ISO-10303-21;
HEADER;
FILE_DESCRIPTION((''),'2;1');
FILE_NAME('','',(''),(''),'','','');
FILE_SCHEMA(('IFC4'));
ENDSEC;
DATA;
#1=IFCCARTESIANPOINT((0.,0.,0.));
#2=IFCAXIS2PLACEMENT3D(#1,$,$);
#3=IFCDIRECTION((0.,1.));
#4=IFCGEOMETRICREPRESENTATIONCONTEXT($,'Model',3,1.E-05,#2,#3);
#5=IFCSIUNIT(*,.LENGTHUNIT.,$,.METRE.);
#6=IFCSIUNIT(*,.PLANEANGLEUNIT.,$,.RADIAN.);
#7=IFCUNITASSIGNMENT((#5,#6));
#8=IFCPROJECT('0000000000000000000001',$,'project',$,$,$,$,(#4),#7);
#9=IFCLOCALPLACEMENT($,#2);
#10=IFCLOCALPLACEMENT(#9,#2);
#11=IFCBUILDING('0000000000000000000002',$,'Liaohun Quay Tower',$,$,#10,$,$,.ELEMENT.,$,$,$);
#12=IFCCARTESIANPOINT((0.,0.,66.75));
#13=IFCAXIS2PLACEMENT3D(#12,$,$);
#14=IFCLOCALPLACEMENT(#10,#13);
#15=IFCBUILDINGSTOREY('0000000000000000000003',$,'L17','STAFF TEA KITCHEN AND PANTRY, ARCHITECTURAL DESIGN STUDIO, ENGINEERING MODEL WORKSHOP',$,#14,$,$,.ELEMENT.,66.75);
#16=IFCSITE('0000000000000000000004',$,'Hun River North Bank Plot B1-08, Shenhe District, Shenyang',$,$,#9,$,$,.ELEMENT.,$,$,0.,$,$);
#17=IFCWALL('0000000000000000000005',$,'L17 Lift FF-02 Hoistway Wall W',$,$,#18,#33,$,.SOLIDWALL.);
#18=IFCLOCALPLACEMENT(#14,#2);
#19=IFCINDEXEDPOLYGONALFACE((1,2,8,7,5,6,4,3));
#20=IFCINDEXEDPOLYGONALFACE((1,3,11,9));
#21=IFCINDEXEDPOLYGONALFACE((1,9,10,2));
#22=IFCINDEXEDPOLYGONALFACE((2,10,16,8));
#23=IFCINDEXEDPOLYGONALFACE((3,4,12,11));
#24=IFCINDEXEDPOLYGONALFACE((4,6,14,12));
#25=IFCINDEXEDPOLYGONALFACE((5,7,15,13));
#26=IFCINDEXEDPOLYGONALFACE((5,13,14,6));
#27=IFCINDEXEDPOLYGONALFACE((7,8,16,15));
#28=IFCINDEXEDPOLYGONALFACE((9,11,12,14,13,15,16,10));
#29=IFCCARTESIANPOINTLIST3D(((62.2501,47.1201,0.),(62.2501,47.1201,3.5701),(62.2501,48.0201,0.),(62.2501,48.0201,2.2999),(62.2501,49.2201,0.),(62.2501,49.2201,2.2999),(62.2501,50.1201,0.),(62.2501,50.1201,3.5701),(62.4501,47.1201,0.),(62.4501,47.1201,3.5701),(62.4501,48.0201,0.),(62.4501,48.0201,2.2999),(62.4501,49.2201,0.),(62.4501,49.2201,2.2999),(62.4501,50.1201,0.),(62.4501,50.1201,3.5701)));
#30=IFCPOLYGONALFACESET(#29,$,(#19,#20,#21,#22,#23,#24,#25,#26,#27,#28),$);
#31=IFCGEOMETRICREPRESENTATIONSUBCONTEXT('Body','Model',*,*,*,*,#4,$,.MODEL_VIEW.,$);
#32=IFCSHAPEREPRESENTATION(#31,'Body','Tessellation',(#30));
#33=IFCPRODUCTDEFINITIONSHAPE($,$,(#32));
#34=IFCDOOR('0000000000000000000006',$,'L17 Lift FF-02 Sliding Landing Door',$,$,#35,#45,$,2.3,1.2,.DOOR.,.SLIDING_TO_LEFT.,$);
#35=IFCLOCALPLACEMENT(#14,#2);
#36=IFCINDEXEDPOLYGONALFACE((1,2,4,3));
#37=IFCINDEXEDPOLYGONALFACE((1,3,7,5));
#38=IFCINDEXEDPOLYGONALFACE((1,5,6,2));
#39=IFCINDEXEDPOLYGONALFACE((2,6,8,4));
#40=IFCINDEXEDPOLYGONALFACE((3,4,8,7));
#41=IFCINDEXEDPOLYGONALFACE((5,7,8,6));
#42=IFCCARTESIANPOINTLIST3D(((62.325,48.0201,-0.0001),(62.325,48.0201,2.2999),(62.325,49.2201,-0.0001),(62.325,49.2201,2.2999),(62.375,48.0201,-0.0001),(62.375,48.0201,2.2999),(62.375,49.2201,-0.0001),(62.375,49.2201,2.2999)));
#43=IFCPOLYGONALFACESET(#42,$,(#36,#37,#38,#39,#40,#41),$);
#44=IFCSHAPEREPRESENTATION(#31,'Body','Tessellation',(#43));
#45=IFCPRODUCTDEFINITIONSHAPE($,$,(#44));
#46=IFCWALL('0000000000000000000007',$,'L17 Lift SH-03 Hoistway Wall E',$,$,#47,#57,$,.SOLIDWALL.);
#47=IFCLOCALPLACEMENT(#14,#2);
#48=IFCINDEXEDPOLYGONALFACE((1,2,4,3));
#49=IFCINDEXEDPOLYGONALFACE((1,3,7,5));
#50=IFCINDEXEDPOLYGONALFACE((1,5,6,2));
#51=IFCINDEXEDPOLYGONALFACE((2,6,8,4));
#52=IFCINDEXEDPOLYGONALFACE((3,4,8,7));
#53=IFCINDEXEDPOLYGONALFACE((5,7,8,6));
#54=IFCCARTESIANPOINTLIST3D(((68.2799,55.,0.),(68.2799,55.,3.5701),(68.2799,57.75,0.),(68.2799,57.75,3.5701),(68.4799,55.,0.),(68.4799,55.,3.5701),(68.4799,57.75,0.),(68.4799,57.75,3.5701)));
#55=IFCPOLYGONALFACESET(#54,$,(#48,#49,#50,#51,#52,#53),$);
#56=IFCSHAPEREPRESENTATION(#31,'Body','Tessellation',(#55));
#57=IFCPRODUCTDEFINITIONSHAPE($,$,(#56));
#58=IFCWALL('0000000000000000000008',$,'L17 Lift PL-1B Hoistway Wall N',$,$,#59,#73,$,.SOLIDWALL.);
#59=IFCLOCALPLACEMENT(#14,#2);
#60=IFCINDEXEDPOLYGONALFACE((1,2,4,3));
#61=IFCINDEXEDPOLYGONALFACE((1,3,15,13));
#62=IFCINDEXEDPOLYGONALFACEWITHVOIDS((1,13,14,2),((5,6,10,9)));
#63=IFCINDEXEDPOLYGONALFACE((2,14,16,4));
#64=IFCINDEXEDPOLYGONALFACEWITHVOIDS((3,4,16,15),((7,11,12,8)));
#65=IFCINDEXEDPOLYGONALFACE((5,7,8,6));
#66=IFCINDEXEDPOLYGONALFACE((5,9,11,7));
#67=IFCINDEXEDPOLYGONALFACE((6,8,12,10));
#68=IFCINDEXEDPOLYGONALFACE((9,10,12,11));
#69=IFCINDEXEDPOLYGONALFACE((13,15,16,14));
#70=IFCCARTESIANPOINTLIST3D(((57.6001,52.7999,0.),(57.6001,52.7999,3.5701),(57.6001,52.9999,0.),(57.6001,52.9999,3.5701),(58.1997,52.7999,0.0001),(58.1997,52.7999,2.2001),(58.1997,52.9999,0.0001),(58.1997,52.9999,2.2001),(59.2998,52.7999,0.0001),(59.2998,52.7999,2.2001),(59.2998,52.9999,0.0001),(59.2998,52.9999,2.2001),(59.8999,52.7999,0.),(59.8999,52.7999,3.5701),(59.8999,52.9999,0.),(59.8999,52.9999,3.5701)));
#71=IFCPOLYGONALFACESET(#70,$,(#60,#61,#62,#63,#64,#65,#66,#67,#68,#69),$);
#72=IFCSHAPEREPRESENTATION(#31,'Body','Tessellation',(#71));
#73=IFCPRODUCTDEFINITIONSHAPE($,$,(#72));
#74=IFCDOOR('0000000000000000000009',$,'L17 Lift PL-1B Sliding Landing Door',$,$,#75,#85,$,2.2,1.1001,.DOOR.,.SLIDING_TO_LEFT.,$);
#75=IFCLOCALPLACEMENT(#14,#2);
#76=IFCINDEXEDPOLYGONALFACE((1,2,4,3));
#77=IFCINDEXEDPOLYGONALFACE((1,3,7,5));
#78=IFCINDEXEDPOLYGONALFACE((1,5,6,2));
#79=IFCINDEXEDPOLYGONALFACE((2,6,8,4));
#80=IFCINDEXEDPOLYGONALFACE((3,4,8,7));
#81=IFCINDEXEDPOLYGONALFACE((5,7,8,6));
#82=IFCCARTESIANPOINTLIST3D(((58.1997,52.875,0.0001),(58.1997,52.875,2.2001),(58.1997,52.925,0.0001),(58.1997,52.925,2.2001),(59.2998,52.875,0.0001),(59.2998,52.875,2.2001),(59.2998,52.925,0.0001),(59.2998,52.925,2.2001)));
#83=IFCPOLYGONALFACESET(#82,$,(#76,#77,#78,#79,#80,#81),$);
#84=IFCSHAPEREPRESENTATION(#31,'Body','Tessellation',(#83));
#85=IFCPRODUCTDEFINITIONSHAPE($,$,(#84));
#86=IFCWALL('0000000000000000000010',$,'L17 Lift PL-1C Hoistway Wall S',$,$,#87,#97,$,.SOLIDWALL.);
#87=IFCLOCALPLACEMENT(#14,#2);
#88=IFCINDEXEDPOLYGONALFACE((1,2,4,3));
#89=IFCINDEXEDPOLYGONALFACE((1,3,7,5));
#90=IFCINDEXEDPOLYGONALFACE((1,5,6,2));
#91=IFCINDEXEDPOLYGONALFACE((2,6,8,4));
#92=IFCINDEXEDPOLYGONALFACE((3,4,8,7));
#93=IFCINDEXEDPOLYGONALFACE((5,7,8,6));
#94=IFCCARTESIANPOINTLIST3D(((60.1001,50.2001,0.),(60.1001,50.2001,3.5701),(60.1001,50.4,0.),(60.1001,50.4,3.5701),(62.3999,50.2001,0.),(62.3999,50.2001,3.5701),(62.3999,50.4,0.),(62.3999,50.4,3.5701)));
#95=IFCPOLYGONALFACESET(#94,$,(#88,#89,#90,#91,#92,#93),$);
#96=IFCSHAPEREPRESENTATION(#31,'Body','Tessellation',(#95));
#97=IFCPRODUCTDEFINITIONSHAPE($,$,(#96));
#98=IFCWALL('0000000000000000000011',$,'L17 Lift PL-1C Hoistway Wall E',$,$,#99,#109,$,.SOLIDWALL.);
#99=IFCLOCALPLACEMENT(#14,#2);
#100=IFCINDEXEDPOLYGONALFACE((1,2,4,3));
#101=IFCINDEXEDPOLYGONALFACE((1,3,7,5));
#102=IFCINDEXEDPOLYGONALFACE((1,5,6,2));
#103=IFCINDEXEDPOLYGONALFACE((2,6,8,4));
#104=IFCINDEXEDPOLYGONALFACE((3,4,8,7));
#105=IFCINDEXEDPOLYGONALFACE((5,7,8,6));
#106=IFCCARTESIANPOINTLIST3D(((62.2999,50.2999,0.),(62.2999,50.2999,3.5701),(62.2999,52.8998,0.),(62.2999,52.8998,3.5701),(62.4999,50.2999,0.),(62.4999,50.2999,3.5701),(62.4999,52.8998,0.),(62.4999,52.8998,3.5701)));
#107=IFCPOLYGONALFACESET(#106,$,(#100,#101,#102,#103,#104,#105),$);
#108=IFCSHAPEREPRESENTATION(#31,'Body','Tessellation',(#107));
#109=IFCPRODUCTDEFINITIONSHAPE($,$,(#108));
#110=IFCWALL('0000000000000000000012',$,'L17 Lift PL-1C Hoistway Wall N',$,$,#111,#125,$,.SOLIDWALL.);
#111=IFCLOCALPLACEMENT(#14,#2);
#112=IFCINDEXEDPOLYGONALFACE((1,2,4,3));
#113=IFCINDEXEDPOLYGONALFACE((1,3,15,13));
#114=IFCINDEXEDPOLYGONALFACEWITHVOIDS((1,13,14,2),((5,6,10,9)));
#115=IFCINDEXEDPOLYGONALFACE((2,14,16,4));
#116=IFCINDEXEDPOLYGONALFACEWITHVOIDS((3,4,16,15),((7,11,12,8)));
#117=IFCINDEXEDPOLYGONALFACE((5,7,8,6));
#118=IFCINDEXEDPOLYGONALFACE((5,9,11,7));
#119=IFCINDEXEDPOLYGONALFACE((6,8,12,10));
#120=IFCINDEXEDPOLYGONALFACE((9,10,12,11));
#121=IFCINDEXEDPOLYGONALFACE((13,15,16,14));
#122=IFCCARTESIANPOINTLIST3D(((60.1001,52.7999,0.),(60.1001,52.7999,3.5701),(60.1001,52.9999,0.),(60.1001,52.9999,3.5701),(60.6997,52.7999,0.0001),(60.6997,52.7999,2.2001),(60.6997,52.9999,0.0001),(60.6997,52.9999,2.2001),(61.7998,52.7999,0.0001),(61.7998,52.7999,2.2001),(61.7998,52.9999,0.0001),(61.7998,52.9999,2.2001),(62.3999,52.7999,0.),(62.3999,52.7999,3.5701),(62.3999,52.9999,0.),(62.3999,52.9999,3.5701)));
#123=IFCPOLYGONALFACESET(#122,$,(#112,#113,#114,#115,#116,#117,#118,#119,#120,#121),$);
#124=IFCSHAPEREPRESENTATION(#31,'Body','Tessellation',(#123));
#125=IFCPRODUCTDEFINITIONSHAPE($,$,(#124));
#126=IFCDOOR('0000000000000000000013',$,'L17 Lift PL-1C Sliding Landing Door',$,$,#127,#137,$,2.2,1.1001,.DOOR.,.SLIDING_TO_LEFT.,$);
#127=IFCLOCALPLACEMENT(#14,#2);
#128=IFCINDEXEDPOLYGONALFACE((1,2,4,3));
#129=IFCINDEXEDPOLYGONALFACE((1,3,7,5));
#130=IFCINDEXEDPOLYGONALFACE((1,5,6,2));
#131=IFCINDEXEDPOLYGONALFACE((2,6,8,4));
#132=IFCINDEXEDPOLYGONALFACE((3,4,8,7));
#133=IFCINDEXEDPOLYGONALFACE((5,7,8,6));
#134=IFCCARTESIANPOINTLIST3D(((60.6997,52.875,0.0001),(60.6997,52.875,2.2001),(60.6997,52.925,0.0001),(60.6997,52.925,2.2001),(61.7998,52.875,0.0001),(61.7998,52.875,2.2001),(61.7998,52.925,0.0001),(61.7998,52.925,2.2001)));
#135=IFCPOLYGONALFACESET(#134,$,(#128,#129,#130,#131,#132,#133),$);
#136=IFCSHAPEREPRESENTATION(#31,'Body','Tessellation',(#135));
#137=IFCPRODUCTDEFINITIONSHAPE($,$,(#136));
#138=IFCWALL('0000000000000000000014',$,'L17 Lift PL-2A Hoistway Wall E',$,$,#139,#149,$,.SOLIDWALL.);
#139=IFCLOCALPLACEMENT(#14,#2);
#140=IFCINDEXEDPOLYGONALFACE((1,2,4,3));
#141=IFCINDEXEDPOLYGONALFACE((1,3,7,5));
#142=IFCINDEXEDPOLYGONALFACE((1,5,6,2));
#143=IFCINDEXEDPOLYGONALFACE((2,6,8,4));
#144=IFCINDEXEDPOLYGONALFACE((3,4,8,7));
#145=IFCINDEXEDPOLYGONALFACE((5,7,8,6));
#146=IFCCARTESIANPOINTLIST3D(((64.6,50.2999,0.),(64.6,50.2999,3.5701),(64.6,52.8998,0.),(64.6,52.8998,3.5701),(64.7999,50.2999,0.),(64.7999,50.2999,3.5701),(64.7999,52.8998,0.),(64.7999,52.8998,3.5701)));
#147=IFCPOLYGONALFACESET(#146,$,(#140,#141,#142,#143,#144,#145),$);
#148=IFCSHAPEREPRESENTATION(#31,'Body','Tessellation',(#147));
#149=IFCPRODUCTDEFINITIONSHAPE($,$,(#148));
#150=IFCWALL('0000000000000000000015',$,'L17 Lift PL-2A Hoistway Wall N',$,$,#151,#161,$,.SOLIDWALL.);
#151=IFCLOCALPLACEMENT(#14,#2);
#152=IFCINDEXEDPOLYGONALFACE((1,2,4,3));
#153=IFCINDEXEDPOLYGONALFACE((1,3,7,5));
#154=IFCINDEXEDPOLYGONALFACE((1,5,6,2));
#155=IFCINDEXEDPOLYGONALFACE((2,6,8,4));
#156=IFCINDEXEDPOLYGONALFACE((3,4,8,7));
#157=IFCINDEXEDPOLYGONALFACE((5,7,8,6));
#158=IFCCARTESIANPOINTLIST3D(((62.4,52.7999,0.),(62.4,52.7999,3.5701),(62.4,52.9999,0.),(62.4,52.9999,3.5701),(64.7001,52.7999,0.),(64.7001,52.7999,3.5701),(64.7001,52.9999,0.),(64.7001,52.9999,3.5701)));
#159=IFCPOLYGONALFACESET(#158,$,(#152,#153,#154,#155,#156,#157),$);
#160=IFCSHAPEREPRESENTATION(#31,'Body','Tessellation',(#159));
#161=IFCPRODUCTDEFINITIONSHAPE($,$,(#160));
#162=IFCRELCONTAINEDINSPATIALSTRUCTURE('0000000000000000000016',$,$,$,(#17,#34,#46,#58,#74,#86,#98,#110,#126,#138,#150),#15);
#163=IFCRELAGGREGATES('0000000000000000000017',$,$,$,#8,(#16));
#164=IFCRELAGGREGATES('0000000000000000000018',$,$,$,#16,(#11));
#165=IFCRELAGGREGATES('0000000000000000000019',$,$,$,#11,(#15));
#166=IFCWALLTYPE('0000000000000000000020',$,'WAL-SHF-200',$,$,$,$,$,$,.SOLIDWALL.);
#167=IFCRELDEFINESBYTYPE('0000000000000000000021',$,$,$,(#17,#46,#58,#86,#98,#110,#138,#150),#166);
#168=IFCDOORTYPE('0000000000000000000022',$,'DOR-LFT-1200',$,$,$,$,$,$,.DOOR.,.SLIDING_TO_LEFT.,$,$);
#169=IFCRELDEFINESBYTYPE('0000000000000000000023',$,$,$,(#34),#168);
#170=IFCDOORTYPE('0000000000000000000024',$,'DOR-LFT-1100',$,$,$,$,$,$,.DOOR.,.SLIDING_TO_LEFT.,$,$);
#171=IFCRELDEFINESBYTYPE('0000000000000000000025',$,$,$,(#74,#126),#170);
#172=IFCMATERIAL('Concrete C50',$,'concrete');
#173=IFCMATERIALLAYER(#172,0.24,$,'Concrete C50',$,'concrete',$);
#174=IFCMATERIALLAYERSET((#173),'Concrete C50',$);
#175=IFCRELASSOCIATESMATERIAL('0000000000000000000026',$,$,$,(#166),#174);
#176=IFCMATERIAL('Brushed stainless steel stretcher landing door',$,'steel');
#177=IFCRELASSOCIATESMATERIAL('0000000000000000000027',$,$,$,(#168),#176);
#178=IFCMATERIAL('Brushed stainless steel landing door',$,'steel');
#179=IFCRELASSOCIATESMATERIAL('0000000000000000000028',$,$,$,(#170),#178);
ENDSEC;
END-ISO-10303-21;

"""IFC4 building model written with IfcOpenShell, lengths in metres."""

from ifc_helpers import new_model, si_unit, direction, frame, frame_2d, origin, place, context, subcontext, project, spatial, rectangle, extrude, source, transform, mapped, material, layer, layer_set, type_object, element, fill, save


model = new_model("IFC4")

# Units and contexts
model_context = context("Model", 3, precision=1e-05, world=origin(), true_north=direction((0.0, 1.0)))
body_context = subcontext(model_context, "Body", "Model", "MODEL_VIEW")
ifc_project = project(units=[si_unit("LENGTHUNIT", "METRE"), si_unit("PLANEANGLEUNIT", "RADIAN")], contexts=[model_context])

# Site, building, storey
site_placement = place(None, origin())
site = spatial("IfcSite", under=ifc_project, at=site_placement, Name="Hun River North Bank Plot B1-08, Shenhe District, Shenyang", CompositionType="ELEMENT", RefElevation=0.0)
building_placement = place(site_placement, origin())
building = spatial("IfcBuilding", under=site, at=building_placement, Name="Liaohun Quay Tower", CompositionType="ELEMENT")
storey_placement = place(building_placement, frame((0.0, 0.0, 66.75)))
storey = spatial("IfcBuildingStorey", under=building, at=storey_placement, Name="L17", Description="STAFF TEA KITCHEN AND PANTRY, ARCHITECTURAL DESIGN STUDIO, ENGINEERING MODEL WORKSHOP", CompositionType="ELEMENT", Elevation=66.75)

# Shared definitions
ifc_material_1 = material(Name="Concrete C50", Category="concrete")
ifc_layer_1 = layer(ifc_material_1, 0.24, Name="Concrete C50", Category="concrete")
ifc_layer_set_1 = layer_set([ifc_layer_1], Name="Concrete C50")
wall_type_1 = type_object("IfcWallType", Name="WAL-SHF-200", PredefinedType="SOLIDWALL", material=ifc_layer_set_1)

# Wall, opening, door
wall_1_placement = place(storey_placement, frame((62.3501, 50.1201, 0.0), z_axis=(0.0, 0.0, 1.0), x_axis=(0.0, -1.0, 0.0)))
wall_1 = element("IfcWall", 1, at=wall_1_placement, inside=storey, type_object=wall_type_1, Name="L17 Lift FF-02 Hoistway Wall W", PredefinedType="SOLIDWALL", context=body_context, shape_type="SweptSolid", body=[
    extrude(rectangle(XDim=3.0, YDim=0.2, at=frame_2d((1.5, 0.0))), origin(), (0.0, 0.0, 1.0), 3.5701),
])
shared_shape_1 = source(origin(), body_context, "Body", "SweptSolid", [
    extrude(rectangle(XDim=1.2, YDim=2.3, at=frame_2d((0.6001, 1.1499))), frame((0.0, 0.1099, 0.0), z_axis=(0.0, -1.0, 0.0), x_axis=(1.0, 0.0, 0.0)), (0.0, 0.0, 1.0), 0.22),
])
opening_1_placement = place(wall_1_placement, frame((0.8999, 0.0, 0.0)))
opening_1 = element("IfcOpeningElement", 2, at=opening_1_placement, cuts=wall_1, PredefinedType="OPENING", context=body_context, shape_type="MappedRepresentation", body=[
    mapped(shared_shape_1, transform((0.0, 0.0, 0.0), x_axis=(1.0, 0.0, 0.0), y_axis=(0.0, 1.0, 0.0), z_axis=(0.0, 0.0, 1.0), scale=1.0)),
])
ifc_material_2 = material(Name="Brushed stainless steel stretcher landing door", Category="steel")
door_type_1 = type_object("IfcDoorType", Name="DOR-LFT-1200", OperationType="SLIDING_TO_LEFT", PredefinedType="DOOR", material=ifc_material_2)
shared_shape_2 = source(origin(), body_context, "Body", "SweptSolid", [
    extrude(rectangle(XDim=1.2, YDim=2.3, at=frame_2d((0.6001, 1.1499))), frame((0.0, 0.0249, 0.0), z_axis=(0.0, -1.0, 0.0), x_axis=(1.0, 0.0, 0.0)), (0.0, 0.0, 1.0), 0.05),
])
door_1_placement = place(opening_1_placement, origin())
door_1 = element("IfcDoor", 3, at=door_1_placement, inside=storey, type_object=door_type_1, Name="L17 Lift FF-02 Sliding Landing Door", OperationType="SLIDING_TO_LEFT", OverallHeight=2.3, OverallWidth=1.2, PredefinedType="DOOR", context=body_context, shape_type="MappedRepresentation", body=[
    mapped(shared_shape_2, transform((0.0, 0.0, 0.0), x_axis=(1.0, 0.0, 0.0), y_axis=(0.0, 1.0, 0.0), z_axis=(0.0, 0.0, 1.0), scale=1.0)),
])
fill(opening_1, door_1)

# Wall
wall_2_placement = place(storey_placement, frame((68.3799, 55.0, 0.0), z_axis=(0.0, 0.0, 1.0), x_axis=(0.0, 1.0, 0.0)))
element("IfcWall", 4, at=wall_2_placement, inside=storey, type_object=wall_type_1, Name="L17 Lift SH-03 Hoistway Wall E", PredefinedType="SOLIDWALL", context=body_context, shape_type="SweptSolid", body=[
    extrude(rectangle(XDim=2.75, YDim=0.2, at=frame_2d((1.375, 0.0))), origin(), (0.0, 0.0, 1.0), 3.5701),
])

# Wall, opening, door
wall_3_placement = place(storey_placement, frame((59.8999, 52.8999, 0.0), z_axis=(0.0, 0.0, 1.0), x_axis=(-1.0, 0.0, 0.0)))
wall_3 = element("IfcWall", 5, at=wall_3_placement, inside=storey, type_object=wall_type_1, Name="L17 Lift PL-1B Hoistway Wall N", PredefinedType="SOLIDWALL", context=body_context, shape_type="SweptSolid", body=[
    extrude(rectangle(XDim=2.2998, YDim=0.2, at=frame_2d((1.1499, 0.0))), origin(), (0.0, 0.0, 1.0), 3.5701),
])
shared_shape_3 = source(origin(), body_context, "Body", "SweptSolid", [
    extrude(rectangle(XDim=1.1001, YDim=2.2, at=frame_2d((0.55, 1.1001))), frame((0.0, 0.1099, 0.0), z_axis=(0.0, -1.0, 0.0), x_axis=(1.0, 0.0, 0.0)), (0.0, 0.0, 1.0), 0.22),
])
opening_2_placement = place(wall_3_placement, frame((0.6001, 0.0, 0.0)))
opening_2 = element("IfcOpeningElement", 6, at=opening_2_placement, cuts=wall_3, PredefinedType="OPENING", context=body_context, shape_type="MappedRepresentation", body=[
    mapped(shared_shape_3, transform((0.0, 0.0, 0.0), x_axis=(1.0, 0.0, 0.0), y_axis=(0.0, 1.0, 0.0), z_axis=(0.0, 0.0, 1.0), scale=1.0)),
])
ifc_material_3 = material(Name="Brushed stainless steel landing door", Category="steel")
door_type_2 = type_object("IfcDoorType", Name="DOR-LFT-1100", OperationType="SLIDING_TO_LEFT", PredefinedType="DOOR", material=ifc_material_3)
shared_shape_4 = source(origin(), body_context, "Body", "SweptSolid", [
    extrude(rectangle(XDim=1.1001, YDim=2.2, at=frame_2d((0.55, 1.1001))), frame((0.0, 0.0249, 0.0), z_axis=(0.0, -1.0, 0.0), x_axis=(1.0, 0.0, 0.0)), (0.0, 0.0, 1.0), 0.05),
])
door_2_placement = place(opening_2_placement, origin())
door_2 = element("IfcDoor", 7, at=door_2_placement, inside=storey, type_object=door_type_2, Name="L17 Lift PL-1B Sliding Landing Door", OperationType="SLIDING_TO_LEFT", OverallHeight=2.2, OverallWidth=1.1001, PredefinedType="DOOR", context=body_context, shape_type="MappedRepresentation", body=[
    mapped(shared_shape_4, transform((0.0, 0.0, 0.0), x_axis=(1.0, 0.0, 0.0), y_axis=(0.0, 1.0, 0.0), z_axis=(0.0, 0.0, 1.0), scale=1.0)),
])
fill(opening_2, door_2)

# Walls
wall_4_placement = place(storey_placement, frame((60.1001, 50.3, 0.0), z_axis=(0.0, 0.0, 1.0), x_axis=(1.0, 0.0, 0.0)))
element("IfcWall", 8, at=wall_4_placement, inside=storey, type_object=wall_type_1, Name="L17 Lift PL-1C Hoistway Wall S", PredefinedType="SOLIDWALL", context=body_context, shape_type="SweptSolid", body=[
    extrude(rectangle(XDim=2.2998, YDim=0.2, at=frame_2d((1.1499, 0.0))), origin(), (0.0, 0.0, 1.0), 3.5701),
])
wall_5_placement = place(storey_placement, frame((62.3999, 50.3, 0.0), z_axis=(0.0, 0.0, 1.0), x_axis=(0.0, 1.0, 0.0)))
element("IfcWall", 9, at=wall_5_placement, inside=storey, type_object=wall_type_1, Name="L17 Lift PL-1C Hoistway Wall E", PredefinedType="SOLIDWALL", context=body_context, shape_type="SweptSolid", body=[
    extrude(rectangle(XDim=2.5999, YDim=0.2, at=frame_2d((1.2998, 0.0))), origin(), (0.0, 0.0, 1.0), 3.5701),
])

# Wall, opening, door
wall_6_placement = place(storey_placement, frame((62.3999, 52.8999, 0.0), z_axis=(0.0, 0.0, 1.0), x_axis=(-1.0, 0.0, 0.0)))
wall_6 = element("IfcWall", 10, at=wall_6_placement, inside=storey, type_object=wall_type_1, Name="L17 Lift PL-1C Hoistway Wall N", PredefinedType="SOLIDWALL", context=body_context, shape_type="SweptSolid", body=[
    extrude(rectangle(XDim=2.2998, YDim=0.2, at=frame_2d((1.1499, 0.0))), origin(), (0.0, 0.0, 1.0), 3.5701),
])
opening_3_placement = place(wall_6_placement, frame((0.6001, 0.0, 0.0)))
opening_3 = element("IfcOpeningElement", 11, at=opening_3_placement, cuts=wall_6, PredefinedType="OPENING", context=body_context, shape_type="MappedRepresentation", body=[
    mapped(shared_shape_3, transform((0.0, 0.0, 0.0), x_axis=(1.0, 0.0, 0.0), y_axis=(0.0, 1.0, 0.0), z_axis=(0.0, 0.0, 1.0), scale=1.0)),
])
door_3_placement = place(opening_3_placement, origin())
door_3 = element("IfcDoor", 12, at=door_3_placement, inside=storey, type_object=door_type_2, Name="L17 Lift PL-1C Sliding Landing Door", OperationType="SLIDING_TO_LEFT", OverallHeight=2.2, OverallWidth=1.1001, PredefinedType="DOOR", context=body_context, shape_type="MappedRepresentation", body=[
    mapped(shared_shape_4, transform((0.0, 0.0, 0.0), x_axis=(1.0, 0.0, 0.0), y_axis=(0.0, 1.0, 0.0), z_axis=(0.0, 0.0, 1.0), scale=1.0)),
])
fill(opening_3, door_3)

# Walls
wall_7_placement = place(storey_placement, frame((64.7, 50.3, 0.0), z_axis=(0.0, 0.0, 1.0), x_axis=(0.0, 1.0, 0.0)))
element("IfcWall", 13, at=wall_7_placement, inside=storey, type_object=wall_type_1, Name="L17 Lift PL-2A Hoistway Wall E", PredefinedType="SOLIDWALL", context=body_context, shape_type="SweptSolid", body=[
    extrude(rectangle(XDim=2.5999, YDim=0.2, at=frame_2d((1.2998, 0.0))), origin(), (0.0, 0.0, 1.0), 3.5701),
])
wall_8_placement = place(storey_placement, frame((64.7, 52.8999, 0.0), z_axis=(0.0, 0.0, 1.0), x_axis=(-1.0, 0.0, 0.0)))
element("IfcWall", 14, at=wall_8_placement, inside=storey, type_object=wall_type_1, Name="L17 Lift PL-2A Hoistway Wall N", PredefinedType="SOLIDWALL", context=body_context, shape_type="SweptSolid", body=[
    extrude(rectangle(XDim=2.3, YDim=0.2, at=frame_2d((1.1499, 0.0))), origin(), (0.0, 0.0, 1.0), 3.5701),
])

save(model, "model.ifc")
